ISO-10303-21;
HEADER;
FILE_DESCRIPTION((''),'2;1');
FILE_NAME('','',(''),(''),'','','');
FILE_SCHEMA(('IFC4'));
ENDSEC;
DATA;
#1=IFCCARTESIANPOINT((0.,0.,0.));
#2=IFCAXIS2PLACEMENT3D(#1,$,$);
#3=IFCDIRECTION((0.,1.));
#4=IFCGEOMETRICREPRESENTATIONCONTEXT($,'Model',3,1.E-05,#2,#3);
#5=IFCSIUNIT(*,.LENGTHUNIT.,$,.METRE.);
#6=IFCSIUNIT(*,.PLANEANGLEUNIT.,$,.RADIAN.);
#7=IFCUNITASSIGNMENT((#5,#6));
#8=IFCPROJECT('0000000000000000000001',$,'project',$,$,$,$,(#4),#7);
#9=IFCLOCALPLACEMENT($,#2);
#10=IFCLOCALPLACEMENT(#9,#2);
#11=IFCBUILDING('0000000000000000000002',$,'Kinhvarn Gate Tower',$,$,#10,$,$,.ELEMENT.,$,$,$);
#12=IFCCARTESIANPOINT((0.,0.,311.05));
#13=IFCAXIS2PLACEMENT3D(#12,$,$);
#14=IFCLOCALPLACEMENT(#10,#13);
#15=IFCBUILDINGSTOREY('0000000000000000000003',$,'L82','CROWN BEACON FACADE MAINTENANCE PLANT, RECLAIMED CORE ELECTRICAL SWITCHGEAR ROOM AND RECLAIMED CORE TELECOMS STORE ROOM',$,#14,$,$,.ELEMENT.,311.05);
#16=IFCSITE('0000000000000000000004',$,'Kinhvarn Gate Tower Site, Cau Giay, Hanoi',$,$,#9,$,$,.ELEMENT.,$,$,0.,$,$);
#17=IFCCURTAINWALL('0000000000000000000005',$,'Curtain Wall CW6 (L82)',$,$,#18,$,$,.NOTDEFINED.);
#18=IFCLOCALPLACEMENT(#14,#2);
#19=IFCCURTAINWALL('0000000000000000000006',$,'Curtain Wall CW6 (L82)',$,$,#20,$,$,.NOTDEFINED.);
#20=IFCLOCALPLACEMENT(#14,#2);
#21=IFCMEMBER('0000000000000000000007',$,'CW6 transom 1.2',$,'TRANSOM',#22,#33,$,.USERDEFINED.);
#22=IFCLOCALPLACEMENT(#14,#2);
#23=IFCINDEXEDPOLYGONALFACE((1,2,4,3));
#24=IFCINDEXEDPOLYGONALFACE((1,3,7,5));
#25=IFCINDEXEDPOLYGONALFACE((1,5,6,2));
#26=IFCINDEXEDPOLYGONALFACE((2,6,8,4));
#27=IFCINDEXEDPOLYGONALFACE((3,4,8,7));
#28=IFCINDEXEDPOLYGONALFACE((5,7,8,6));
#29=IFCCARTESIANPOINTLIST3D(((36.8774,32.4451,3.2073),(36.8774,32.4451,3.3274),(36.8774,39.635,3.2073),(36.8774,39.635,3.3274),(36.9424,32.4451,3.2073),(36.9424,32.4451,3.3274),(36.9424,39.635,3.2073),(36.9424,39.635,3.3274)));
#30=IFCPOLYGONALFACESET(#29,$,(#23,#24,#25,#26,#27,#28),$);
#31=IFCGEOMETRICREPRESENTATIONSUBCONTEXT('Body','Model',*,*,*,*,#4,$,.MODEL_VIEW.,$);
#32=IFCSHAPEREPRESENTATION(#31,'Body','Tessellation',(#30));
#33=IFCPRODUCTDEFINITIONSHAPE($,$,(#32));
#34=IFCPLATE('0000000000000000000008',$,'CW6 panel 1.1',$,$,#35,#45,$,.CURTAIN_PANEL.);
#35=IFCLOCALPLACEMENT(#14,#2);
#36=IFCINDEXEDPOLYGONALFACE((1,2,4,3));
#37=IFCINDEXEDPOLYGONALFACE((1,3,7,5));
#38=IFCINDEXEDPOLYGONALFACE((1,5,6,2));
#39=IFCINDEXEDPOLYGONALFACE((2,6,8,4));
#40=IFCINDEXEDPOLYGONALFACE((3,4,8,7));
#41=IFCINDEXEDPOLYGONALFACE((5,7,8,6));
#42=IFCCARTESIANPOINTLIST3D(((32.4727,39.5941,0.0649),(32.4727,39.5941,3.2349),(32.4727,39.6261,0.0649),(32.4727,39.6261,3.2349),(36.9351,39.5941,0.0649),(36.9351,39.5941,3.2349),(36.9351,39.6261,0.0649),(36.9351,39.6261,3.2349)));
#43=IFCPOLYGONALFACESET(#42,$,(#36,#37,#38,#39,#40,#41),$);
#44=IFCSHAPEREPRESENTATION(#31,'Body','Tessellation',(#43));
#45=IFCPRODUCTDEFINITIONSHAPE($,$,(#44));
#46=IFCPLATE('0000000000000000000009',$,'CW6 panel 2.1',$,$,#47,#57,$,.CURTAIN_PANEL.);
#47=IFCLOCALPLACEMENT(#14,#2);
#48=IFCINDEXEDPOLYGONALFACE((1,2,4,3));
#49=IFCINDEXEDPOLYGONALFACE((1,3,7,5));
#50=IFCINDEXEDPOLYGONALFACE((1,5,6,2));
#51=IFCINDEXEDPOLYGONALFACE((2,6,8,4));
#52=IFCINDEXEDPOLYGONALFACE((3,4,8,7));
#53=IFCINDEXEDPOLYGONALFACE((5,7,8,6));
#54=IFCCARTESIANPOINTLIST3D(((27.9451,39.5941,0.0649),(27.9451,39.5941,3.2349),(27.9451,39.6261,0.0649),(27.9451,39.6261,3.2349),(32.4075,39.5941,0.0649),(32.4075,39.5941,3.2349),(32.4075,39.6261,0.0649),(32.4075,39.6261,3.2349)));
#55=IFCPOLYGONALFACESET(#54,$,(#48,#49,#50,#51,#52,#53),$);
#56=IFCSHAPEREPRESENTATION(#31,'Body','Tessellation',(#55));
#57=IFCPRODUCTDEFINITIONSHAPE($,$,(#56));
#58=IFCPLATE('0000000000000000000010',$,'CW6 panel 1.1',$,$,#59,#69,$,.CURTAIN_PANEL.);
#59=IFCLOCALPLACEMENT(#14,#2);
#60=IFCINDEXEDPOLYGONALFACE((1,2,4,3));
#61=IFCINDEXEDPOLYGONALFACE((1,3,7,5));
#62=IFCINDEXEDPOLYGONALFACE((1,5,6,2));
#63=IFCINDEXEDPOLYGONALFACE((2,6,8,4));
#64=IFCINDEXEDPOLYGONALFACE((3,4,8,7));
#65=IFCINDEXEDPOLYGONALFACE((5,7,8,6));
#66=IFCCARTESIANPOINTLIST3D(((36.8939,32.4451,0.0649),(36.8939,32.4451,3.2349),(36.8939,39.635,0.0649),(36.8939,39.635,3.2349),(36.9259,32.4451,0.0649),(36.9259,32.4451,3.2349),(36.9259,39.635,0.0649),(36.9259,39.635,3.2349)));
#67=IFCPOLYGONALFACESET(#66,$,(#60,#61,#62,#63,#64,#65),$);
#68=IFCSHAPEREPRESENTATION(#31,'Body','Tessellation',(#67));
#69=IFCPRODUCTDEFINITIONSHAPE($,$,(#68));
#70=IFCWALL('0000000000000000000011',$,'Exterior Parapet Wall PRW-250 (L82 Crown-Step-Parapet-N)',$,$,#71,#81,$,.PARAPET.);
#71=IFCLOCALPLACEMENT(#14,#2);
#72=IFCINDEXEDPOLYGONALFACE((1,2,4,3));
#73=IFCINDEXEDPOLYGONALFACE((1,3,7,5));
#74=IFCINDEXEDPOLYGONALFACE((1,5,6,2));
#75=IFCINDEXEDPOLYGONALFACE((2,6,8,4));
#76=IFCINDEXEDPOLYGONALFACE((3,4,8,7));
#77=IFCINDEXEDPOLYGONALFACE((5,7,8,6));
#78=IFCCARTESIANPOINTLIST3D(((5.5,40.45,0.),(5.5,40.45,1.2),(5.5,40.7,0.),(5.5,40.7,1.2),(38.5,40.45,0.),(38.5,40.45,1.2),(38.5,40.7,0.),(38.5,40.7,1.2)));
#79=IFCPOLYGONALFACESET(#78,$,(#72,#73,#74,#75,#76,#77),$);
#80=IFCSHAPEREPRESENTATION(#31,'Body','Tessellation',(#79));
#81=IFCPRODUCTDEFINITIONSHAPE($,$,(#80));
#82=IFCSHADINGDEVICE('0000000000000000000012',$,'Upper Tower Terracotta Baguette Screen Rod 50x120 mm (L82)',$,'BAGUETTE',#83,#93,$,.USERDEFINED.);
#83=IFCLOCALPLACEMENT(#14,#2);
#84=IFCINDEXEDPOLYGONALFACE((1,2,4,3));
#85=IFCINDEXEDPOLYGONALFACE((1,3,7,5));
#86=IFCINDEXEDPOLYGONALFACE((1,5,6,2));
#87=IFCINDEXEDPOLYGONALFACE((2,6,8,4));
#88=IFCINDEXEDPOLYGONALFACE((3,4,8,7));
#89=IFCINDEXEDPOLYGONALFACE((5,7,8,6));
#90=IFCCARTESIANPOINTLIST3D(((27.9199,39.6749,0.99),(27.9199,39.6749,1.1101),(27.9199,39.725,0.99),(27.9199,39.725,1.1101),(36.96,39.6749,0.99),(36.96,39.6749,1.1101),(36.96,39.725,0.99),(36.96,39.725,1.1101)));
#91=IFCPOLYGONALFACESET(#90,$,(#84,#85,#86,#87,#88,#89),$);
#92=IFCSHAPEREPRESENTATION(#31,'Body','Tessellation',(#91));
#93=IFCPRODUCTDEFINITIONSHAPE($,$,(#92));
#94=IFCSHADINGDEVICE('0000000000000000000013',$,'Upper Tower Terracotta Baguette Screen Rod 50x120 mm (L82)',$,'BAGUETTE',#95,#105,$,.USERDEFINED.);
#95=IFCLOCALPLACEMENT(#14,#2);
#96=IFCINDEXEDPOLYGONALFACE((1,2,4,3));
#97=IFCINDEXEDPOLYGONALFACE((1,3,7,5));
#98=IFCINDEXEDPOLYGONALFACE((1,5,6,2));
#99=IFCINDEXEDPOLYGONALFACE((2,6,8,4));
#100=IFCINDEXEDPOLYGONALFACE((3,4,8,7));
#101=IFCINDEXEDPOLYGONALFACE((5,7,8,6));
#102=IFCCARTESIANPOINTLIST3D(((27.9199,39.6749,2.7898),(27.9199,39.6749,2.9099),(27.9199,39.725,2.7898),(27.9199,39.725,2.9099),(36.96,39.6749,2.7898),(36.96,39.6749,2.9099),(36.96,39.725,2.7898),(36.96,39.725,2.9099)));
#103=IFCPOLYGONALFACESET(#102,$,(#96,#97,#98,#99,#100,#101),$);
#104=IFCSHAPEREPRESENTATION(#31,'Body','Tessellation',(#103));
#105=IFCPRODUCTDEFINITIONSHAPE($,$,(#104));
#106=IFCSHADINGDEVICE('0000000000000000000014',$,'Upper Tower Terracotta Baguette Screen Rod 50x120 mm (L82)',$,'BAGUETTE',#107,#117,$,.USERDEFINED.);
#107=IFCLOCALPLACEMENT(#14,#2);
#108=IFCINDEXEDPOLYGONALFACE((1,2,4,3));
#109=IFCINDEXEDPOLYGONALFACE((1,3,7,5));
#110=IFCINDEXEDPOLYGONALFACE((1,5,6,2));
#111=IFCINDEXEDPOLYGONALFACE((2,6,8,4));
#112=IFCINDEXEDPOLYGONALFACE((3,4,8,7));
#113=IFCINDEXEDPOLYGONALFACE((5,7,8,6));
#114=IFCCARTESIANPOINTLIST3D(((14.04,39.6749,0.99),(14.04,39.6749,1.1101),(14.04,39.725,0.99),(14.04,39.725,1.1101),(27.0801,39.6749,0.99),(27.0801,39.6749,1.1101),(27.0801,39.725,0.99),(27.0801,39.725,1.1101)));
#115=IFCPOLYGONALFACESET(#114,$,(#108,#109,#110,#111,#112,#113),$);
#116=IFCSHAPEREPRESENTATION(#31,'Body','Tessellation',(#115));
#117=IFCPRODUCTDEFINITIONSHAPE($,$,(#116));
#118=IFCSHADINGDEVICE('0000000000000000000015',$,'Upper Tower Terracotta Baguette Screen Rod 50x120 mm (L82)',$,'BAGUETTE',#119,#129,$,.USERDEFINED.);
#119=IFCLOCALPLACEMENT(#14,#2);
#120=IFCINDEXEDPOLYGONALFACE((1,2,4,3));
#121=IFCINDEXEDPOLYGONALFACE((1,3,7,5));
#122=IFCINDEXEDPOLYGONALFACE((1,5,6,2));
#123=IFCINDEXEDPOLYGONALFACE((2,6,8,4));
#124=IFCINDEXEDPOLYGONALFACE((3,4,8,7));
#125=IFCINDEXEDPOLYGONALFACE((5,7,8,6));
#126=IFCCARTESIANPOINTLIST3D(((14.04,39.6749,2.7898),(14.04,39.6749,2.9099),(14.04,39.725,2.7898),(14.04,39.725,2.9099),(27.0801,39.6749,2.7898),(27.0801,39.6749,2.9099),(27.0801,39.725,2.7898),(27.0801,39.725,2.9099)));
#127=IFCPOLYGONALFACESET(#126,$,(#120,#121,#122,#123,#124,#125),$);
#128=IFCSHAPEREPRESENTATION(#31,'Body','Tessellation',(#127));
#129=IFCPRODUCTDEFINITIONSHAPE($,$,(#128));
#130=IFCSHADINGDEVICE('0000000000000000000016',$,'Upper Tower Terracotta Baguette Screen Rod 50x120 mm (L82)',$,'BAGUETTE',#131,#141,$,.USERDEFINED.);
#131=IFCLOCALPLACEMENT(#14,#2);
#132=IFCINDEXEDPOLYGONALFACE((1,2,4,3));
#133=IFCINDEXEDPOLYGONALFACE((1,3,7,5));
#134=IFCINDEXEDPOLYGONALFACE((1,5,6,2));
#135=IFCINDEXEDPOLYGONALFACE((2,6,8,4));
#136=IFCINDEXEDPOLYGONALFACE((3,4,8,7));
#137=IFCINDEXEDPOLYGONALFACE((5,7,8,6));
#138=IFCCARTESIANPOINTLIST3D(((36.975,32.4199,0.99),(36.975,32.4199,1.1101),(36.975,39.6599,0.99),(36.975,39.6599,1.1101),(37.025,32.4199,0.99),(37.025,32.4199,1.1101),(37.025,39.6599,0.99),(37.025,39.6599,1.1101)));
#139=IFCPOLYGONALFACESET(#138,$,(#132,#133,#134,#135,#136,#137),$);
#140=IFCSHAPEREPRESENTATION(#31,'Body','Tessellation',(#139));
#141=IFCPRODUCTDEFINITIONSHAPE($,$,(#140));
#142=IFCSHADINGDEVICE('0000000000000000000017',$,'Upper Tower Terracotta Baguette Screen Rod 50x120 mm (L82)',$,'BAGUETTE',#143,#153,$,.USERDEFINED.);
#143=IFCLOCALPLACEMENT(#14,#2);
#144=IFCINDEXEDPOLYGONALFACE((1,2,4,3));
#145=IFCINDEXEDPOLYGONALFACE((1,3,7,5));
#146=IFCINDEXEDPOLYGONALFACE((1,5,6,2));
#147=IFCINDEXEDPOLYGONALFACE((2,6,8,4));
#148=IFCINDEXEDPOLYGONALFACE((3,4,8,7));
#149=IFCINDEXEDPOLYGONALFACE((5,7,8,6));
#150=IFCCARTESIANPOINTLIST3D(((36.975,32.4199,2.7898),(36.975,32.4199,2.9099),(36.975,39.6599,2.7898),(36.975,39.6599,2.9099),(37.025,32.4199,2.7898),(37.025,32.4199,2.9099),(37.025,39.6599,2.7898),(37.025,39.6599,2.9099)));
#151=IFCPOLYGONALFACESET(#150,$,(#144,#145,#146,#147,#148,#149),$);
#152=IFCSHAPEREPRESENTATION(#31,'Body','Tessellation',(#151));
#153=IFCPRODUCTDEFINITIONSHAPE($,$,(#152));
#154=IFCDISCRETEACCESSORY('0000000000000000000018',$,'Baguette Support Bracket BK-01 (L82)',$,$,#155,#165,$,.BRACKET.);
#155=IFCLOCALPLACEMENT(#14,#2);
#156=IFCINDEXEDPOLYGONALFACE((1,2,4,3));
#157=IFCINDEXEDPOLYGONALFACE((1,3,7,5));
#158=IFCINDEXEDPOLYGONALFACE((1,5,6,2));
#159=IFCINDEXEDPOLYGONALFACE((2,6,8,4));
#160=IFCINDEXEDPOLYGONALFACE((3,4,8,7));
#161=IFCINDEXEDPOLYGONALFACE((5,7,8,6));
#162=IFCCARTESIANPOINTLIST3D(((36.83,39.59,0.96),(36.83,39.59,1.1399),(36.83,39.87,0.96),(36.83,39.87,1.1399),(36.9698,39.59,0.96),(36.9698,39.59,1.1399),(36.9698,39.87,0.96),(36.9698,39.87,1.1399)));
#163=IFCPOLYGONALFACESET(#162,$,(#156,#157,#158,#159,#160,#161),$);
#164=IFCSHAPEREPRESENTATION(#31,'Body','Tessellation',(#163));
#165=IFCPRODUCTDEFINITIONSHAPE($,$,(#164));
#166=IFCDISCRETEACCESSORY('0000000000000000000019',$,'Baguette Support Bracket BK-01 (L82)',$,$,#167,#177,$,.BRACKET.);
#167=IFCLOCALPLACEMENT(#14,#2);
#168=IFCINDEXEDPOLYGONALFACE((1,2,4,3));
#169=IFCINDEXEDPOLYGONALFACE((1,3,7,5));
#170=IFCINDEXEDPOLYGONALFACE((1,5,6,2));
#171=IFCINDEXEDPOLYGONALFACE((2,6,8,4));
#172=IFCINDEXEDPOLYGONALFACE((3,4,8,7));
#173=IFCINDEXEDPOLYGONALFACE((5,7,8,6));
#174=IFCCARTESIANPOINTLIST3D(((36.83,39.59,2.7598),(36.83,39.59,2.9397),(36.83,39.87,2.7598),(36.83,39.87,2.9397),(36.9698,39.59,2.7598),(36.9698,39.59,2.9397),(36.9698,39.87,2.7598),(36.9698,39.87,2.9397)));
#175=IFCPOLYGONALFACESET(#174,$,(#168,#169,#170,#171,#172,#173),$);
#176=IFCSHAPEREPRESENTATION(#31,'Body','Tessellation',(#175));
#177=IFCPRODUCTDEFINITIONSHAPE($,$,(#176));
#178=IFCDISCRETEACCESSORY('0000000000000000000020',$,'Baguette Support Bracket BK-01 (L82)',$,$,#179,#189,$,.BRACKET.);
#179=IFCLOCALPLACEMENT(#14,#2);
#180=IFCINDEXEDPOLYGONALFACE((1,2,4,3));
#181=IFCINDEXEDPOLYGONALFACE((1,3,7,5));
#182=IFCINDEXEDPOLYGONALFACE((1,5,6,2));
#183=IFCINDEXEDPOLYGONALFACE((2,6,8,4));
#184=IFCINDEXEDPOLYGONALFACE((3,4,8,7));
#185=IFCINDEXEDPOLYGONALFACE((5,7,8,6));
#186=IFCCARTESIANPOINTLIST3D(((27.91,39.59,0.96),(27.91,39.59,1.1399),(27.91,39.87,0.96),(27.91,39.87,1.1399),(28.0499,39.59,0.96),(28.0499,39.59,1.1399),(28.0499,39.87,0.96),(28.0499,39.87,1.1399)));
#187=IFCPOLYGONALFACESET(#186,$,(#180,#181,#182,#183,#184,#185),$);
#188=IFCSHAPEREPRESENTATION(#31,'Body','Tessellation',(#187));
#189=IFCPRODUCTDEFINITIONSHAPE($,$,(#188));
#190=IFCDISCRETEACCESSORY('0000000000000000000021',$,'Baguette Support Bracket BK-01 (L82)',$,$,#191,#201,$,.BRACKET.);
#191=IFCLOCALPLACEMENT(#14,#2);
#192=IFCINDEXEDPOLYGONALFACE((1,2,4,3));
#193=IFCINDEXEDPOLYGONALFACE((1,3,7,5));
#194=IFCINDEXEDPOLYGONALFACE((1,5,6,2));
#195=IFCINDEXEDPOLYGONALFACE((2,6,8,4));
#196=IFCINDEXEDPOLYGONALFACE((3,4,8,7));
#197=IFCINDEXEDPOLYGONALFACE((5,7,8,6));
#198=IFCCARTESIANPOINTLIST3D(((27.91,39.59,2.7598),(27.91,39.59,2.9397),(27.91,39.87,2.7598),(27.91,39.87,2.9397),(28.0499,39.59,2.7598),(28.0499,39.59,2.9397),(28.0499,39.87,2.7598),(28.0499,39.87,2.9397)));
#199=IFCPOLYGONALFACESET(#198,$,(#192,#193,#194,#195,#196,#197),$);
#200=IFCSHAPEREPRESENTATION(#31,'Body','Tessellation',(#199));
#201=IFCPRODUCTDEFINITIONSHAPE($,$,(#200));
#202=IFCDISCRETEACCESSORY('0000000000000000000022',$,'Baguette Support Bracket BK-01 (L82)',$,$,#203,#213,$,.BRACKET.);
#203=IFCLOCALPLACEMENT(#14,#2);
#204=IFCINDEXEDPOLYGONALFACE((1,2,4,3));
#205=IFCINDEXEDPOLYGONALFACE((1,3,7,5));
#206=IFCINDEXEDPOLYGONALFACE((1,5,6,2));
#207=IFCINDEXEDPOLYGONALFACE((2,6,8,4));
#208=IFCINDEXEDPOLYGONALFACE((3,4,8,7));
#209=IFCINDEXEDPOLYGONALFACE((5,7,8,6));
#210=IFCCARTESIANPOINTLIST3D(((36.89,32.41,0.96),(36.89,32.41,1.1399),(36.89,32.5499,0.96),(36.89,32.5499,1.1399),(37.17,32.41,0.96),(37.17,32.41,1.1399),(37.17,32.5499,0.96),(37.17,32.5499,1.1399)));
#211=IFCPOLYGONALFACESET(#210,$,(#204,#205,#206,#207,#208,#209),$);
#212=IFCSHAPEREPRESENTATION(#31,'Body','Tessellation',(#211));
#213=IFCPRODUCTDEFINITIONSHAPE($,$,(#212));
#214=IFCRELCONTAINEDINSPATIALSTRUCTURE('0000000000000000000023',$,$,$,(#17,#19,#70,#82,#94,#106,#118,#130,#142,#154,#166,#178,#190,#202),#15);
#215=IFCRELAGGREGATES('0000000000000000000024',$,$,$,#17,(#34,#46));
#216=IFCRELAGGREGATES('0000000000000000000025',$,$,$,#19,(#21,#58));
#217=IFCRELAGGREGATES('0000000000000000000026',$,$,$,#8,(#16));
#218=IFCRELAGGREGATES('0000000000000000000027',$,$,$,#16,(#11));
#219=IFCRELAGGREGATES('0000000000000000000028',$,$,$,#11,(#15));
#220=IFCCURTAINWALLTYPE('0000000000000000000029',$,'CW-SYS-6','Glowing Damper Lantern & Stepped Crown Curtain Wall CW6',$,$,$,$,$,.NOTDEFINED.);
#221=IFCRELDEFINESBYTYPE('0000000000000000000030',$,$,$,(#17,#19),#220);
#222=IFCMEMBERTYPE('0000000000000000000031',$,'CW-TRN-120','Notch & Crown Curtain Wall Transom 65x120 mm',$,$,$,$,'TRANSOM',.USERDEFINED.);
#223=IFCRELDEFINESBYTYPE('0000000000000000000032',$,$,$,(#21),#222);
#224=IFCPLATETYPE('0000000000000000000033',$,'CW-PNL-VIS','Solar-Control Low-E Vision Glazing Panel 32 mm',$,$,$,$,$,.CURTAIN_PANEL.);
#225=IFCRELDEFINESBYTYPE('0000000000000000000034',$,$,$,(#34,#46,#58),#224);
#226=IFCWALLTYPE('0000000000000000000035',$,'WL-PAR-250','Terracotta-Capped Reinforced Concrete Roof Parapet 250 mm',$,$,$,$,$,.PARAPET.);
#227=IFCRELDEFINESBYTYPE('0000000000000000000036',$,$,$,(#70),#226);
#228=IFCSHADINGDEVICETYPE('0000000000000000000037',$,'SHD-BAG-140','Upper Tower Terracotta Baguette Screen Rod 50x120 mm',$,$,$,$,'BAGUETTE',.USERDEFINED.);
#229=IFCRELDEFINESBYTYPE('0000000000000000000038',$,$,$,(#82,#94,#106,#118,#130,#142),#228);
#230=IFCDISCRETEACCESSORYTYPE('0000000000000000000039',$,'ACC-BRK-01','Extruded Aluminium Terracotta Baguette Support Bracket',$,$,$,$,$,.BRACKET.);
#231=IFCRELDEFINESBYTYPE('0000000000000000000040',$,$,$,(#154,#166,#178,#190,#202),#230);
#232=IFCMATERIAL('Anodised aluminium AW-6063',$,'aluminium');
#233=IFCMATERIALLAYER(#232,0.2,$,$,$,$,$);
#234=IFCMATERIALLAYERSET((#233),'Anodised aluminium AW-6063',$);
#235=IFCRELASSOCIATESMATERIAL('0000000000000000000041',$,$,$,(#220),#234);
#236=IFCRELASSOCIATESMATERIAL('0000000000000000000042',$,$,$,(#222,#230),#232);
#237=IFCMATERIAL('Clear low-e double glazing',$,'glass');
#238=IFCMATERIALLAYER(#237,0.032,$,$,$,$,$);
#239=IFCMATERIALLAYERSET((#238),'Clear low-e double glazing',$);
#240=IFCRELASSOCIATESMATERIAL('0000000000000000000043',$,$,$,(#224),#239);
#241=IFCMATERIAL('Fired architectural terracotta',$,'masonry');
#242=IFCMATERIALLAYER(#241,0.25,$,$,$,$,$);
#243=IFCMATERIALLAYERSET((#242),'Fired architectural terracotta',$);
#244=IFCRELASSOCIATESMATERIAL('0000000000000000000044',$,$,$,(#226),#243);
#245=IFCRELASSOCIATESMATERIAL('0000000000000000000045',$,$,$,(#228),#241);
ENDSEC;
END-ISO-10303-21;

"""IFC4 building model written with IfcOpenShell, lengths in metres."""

from ifc_helpers import new_model, si_unit, direction, frame, frame_2d, origin, origin_2d, place, context, subcontext, project, spatial, rectangle, extrude, material, layer, layer_set, material_profile, profile_set, type_object, element, aggregate, save


model = new_model("IFC4")

# Units and contexts
model_context = context("Model", 3, precision=1e-05, world=origin(), true_north=direction((0.0, 1.0)))
body_context = subcontext(model_context, "Body", "Model", "MODEL_VIEW")
ifc_project = project(units=[si_unit("LENGTHUNIT", "METRE"), si_unit("PLANEANGLEUNIT", "RADIAN")], contexts=[model_context])

# Site, building, storey
site_placement = place(None, origin())
site = spatial("IfcSite", under=ifc_project, at=site_placement, Name="Kinhvarn Gate Tower Site, Cau Giay, Hanoi", CompositionType="ELEMENT", RefElevation=0.0)
building_placement = place(site_placement, origin())
building = spatial("IfcBuilding", under=site, at=building_placement, Name="Kinhvarn Gate Tower", CompositionType="ELEMENT")
storey_placement = place(building_placement, frame((0.0, 0.0, 311.05)))
storey = spatial("IfcBuildingStorey", under=building, at=storey_placement, Name="L82", Description="CROWN BEACON FACADE MAINTENANCE PLANT, RECLAIMED CORE ELECTRICAL SWITCHGEAR ROOM AND RECLAIMED CORE TELECOMS STORE ROOM", CompositionType="ELEMENT", Elevation=311.05)

# Curtain wall
ifc_material_1 = material(Name="Anodised aluminium AW-6063", Category="aluminium")
ifc_layer_1 = layer(ifc_material_1, 0.2)
ifc_layer_set_1 = layer_set([ifc_layer_1], Name="Anodised aluminium AW-6063")
curtain_wall_type = type_object("IfcCurtainWallType", Name="CW-SYS-6", Description="Glowing Damper Lantern & Stepped Crown Curtain Wall CW6", PredefinedType="NOTDEFINED", material=ifc_layer_set_1)
curtain_wall_1_placement = place(storey_placement, origin())
curtain_wall_1 = element("IfcCurtainWall", 1, at=curtain_wall_1_placement, inside=storey, type_object=curtain_wall_type, Name="Curtain Wall CW6 (L82)", PredefinedType="NOTDEFINED")

# Curtain wall
curtain_wall_2_placement = place(storey_placement, origin())
curtain_wall_2 = element("IfcCurtainWall", 2, at=curtain_wall_2_placement, inside=storey, type_object=curtain_wall_type, Name="Curtain Wall CW6 (L82)", PredefinedType="NOTDEFINED")

# Member
ifc_material_profile_1 = material_profile(ifc_material_1, rectangle(XDim=0.0649, YDim=0.1201, at=origin_2d()), Name="ALU 65x120")
ifc_profile_set_1 = profile_set([ifc_material_profile_1], Name="Anodised aluminium AW-6063")
member_type_1 = type_object("IfcMemberType", Name="CW-TRN-120", Description="Notch & Crown Curtain Wall Transom 65x120 mm", ElementType="TRANSOM", PredefinedType="USERDEFINED", material=ifc_profile_set_1)
member_1_placement = place(storey_placement, frame((36.9099, 32.4451, 3.2673), z_axis=(0.0, 1.0, 0.0), x_axis=(-1.0, 0.0, 0.0)))
member_1 = element("IfcMember", 3, at=member_1_placement, type_object=member_type_1, Name="CW6 transom 1.2", ObjectType="TRANSOM", PredefinedType="USERDEFINED", context=body_context, shape_type="SweptSolid", body=[
    extrude(rectangle(XDim=0.0649, YDim=0.1201, at=origin_2d()), origin(), (0.0, 0.0, 1.0), 7.1899),
])

# Plates
ifc_material_2 = material(Name="Clear low-e double glazing", Category="glass")
ifc_layer_2 = layer(ifc_material_2, 0.032)
ifc_layer_set_2 = layer_set([ifc_layer_2], Name="Clear low-e double glazing")
plate_type = type_object("IfcPlateType", Name="CW-PNL-VIS", Description="Solar-Control Low-E Vision Glazing Panel 32 mm", PredefinedType="CURTAIN_PANEL", material=ifc_layer_set_2)
plate_1_placement = place(storey_placement, frame((34.7039, 39.6101, 0.0649), z_axis=(0.0, 0.0, 1.0), x_axis=(-1.0, 0.0, 0.0)))
plate_1 = element("IfcPlate", 4, at=plate_1_placement, type_object=plate_type, Name="CW6 panel 1.1", PredefinedType="CURTAIN_PANEL", context=body_context, shape_type="SweptSolid", body=[
    extrude(rectangle(XDim=4.4624, YDim=0.032, at=origin_2d()), origin(), (0.0, 0.0, 1.0), 3.1699),
])
plate_2_placement = place(storey_placement, frame((30.1763, 39.6101, 0.0649), z_axis=(0.0, 0.0, 1.0), x_axis=(-1.0, 0.0, 0.0)))
plate_2 = element("IfcPlate", 5, at=plate_2_placement, type_object=plate_type, Name="CW6 panel 2.1", PredefinedType="CURTAIN_PANEL", context=body_context, shape_type="SweptSolid", body=[
    extrude(rectangle(XDim=4.4624, YDim=0.032, at=origin_2d()), origin(), (0.0, 0.0, 1.0), 3.1699),
])
aggregate(curtain_wall_1, [plate_1, plate_2])
plate_3_placement = place(storey_placement, frame((36.9099, 36.04, 0.0649), z_axis=(0.0, 0.0, 1.0), x_axis=(0.0, 1.0, 0.0)))
plate_3 = element("IfcPlate", 6, at=plate_3_placement, type_object=plate_type, Name="CW6 panel 1.1", PredefinedType="CURTAIN_PANEL", context=body_context, shape_type="SweptSolid", body=[
    extrude(rectangle(XDim=7.1899, YDim=0.032, at=origin_2d()), origin(), (0.0, 0.0, 1.0), 3.1699),
])
aggregate(curtain_wall_2, [member_1, plate_3])

# Wall
ifc_material_3 = material(Name="Fired architectural terracotta", Category="masonry")
ifc_layer_3 = layer(ifc_material_3, 0.25)
ifc_layer_set_3 = layer_set([ifc_layer_3], Name="Fired architectural terracotta")
wall_type = type_object("IfcWallType", Name="WL-PAR-250", Description="Terracotta-Capped Reinforced Concrete Roof Parapet 250 mm", PredefinedType="PARAPET", material=ifc_layer_set_3)
wall_placement = place(storey_placement, frame((38.5, 40.575, 0.0), z_axis=(0.0, 0.0, 1.0), x_axis=(-1.0, 0.0, 0.0)))
element("IfcWall", 7, at=wall_placement, inside=storey, type_object=wall_type, Name="Exterior Parapet Wall PRW-250 (L82 Crown-Step-Parapet-N)", PredefinedType="PARAPET", context=body_context, shape_type="SweptSolid", body=[
    extrude(rectangle(XDim=33.0, YDim=0.25, at=frame_2d((16.5, 0.0))), origin(), (0.0, 0.0, 1.0), 1.2),
])

# Shading devices
ifc_material_profile_2 = material_profile(ifc_material_3, rectangle(XDim=0.05, YDim=0.1201, at=origin_2d()), Name="TC 50x120")
ifc_profile_set_2 = profile_set([ifc_material_profile_2], Name="Fired architectural terracotta")
shading_device_type = type_object("IfcShadingDeviceType", Name="SHD-BAG-140", Description="Upper Tower Terracotta Baguette Screen Rod 50x120 mm", ElementType="BAGUETTE", PredefinedType="USERDEFINED", material=ifc_profile_set_2)
for number, where, z_axis, x_axis, name in (
    (8, (36.96, 39.7, 1.05), (-1.0, 0.0, 0.0), (0.0, -1.0, 0.0), "Upper Tower Terracotta Baguette Screen Rod 50x120 mm (L82)"),
    (9, (36.96, 39.7, 2.8499), (-1.0, 0.0, 0.0), (0.0, -1.0, 0.0), "Upper Tower Terracotta Baguette Screen Rod 50x120 mm (L82)"),
):
    element("IfcShadingDevice", number, at=place(storey_placement, frame(where, z_axis=z_axis, x_axis=x_axis)), inside=storey, type_object=shading_device_type, Name=name, ObjectType="BAGUETTE", PredefinedType="USERDEFINED", context=body_context, shape_type="SweptSolid", body=[
        extrude(rectangle(XDim=0.05, YDim=0.1201, at=origin_2d()), origin(), (0.0, 0.0, 1.0), 9.04),
    ])
for number, where, z_axis, x_axis, name in (
    (10, (27.0801, 39.7, 1.05), (-1.0, 0.0, 0.0), (0.0, -1.0, 0.0), "Upper Tower Terracotta Baguette Screen Rod 50x120 mm (L82)"),
    (11, (27.0801, 39.7, 2.8499), (-1.0, 0.0, 0.0), (0.0, -1.0, 0.0), "Upper Tower Terracotta Baguette Screen Rod 50x120 mm (L82)"),
):
    element("IfcShadingDevice", number, at=place(storey_placement, frame(where, z_axis=z_axis, x_axis=x_axis)), inside=storey, type_object=shading_device_type, Name=name, ObjectType="BAGUETTE", PredefinedType="USERDEFINED", context=body_context, shape_type="SweptSolid", body=[
        extrude(rectangle(XDim=0.05, YDim=0.1201, at=origin_2d()), origin(), (0.0, 0.0, 1.0), 13.04),
    ])
for number, where, z_axis, x_axis, name in (
    (12, (37.0, 32.4199, 1.05), (0.0, 1.0, 0.0), (-1.0, 0.0, 0.0), "Upper Tower Terracotta Baguette Screen Rod 50x120 mm (L82)"),
    (13, (37.0, 32.4199, 2.8499), (0.0, 1.0, 0.0), (-1.0, 0.0, 0.0), "Upper Tower Terracotta Baguette Screen Rod 50x120 mm (L82)"),
):
    element("IfcShadingDevice", number, at=place(storey_placement, frame(where, z_axis=z_axis, x_axis=x_axis)), inside=storey, type_object=shading_device_type, Name=name, ObjectType="BAGUETTE", PredefinedType="USERDEFINED", context=body_context, shape_type="SweptSolid", body=[
        extrude(rectangle(XDim=0.05, YDim=0.1201, at=origin_2d()), origin(), (0.0, 0.0, 1.0), 7.24),
    ])

# Discrete accessories
discrete_accessory_type = type_object("IfcDiscreteAccessoryType", Name="ACC-BRK-01", Description="Extruded Aluminium Terracotta Baguette Support Bracket", PredefinedType="BRACKET", material=ifc_material_1)
for number, where, z_axis, x_axis, name in (
    (14, (36.8999, 39.73, 0.96), (0.0, 0.0, 1.0), (-1.0, 0.0, 0.0), "Baguette Support Bracket BK-01 (L82)"),
    (15, (36.8999, 39.73, 2.7598), (0.0, 0.0, 1.0), (-1.0, 0.0, 0.0), "Baguette Support Bracket BK-01 (L82)"),
    (16, (27.98, 39.73, 0.96), (0.0, 0.0, 1.0), (-1.0, 0.0, 0.0), "Baguette Support Bracket BK-01 (L82)"),
    (17, (27.98, 39.73, 2.7598), (0.0, 0.0, 1.0), (-1.0, 0.0, 0.0), "Baguette Support Bracket BK-01 (L82)"),
    (18, (37.03, 32.48, 0.96), (0.0, 0.0, 1.0), (0.0, 1.0, 0.0), "Baguette Support Bracket BK-01 (L82)"),
):
    element("IfcDiscreteAccessory", number, at=place(storey_placement, frame(where, z_axis=z_axis, x_axis=x_axis)), inside=storey, type_object=discrete_accessory_type, Name=name, PredefinedType="BRACKET", context=body_context, shape_type="SweptSolid", body=[
        extrude(rectangle(XDim=0.1399, YDim=0.28, at=origin_2d()), origin(), (0.0, 0.0, 1.0), 0.1799),
    ])

save(model, "model.ifc")
